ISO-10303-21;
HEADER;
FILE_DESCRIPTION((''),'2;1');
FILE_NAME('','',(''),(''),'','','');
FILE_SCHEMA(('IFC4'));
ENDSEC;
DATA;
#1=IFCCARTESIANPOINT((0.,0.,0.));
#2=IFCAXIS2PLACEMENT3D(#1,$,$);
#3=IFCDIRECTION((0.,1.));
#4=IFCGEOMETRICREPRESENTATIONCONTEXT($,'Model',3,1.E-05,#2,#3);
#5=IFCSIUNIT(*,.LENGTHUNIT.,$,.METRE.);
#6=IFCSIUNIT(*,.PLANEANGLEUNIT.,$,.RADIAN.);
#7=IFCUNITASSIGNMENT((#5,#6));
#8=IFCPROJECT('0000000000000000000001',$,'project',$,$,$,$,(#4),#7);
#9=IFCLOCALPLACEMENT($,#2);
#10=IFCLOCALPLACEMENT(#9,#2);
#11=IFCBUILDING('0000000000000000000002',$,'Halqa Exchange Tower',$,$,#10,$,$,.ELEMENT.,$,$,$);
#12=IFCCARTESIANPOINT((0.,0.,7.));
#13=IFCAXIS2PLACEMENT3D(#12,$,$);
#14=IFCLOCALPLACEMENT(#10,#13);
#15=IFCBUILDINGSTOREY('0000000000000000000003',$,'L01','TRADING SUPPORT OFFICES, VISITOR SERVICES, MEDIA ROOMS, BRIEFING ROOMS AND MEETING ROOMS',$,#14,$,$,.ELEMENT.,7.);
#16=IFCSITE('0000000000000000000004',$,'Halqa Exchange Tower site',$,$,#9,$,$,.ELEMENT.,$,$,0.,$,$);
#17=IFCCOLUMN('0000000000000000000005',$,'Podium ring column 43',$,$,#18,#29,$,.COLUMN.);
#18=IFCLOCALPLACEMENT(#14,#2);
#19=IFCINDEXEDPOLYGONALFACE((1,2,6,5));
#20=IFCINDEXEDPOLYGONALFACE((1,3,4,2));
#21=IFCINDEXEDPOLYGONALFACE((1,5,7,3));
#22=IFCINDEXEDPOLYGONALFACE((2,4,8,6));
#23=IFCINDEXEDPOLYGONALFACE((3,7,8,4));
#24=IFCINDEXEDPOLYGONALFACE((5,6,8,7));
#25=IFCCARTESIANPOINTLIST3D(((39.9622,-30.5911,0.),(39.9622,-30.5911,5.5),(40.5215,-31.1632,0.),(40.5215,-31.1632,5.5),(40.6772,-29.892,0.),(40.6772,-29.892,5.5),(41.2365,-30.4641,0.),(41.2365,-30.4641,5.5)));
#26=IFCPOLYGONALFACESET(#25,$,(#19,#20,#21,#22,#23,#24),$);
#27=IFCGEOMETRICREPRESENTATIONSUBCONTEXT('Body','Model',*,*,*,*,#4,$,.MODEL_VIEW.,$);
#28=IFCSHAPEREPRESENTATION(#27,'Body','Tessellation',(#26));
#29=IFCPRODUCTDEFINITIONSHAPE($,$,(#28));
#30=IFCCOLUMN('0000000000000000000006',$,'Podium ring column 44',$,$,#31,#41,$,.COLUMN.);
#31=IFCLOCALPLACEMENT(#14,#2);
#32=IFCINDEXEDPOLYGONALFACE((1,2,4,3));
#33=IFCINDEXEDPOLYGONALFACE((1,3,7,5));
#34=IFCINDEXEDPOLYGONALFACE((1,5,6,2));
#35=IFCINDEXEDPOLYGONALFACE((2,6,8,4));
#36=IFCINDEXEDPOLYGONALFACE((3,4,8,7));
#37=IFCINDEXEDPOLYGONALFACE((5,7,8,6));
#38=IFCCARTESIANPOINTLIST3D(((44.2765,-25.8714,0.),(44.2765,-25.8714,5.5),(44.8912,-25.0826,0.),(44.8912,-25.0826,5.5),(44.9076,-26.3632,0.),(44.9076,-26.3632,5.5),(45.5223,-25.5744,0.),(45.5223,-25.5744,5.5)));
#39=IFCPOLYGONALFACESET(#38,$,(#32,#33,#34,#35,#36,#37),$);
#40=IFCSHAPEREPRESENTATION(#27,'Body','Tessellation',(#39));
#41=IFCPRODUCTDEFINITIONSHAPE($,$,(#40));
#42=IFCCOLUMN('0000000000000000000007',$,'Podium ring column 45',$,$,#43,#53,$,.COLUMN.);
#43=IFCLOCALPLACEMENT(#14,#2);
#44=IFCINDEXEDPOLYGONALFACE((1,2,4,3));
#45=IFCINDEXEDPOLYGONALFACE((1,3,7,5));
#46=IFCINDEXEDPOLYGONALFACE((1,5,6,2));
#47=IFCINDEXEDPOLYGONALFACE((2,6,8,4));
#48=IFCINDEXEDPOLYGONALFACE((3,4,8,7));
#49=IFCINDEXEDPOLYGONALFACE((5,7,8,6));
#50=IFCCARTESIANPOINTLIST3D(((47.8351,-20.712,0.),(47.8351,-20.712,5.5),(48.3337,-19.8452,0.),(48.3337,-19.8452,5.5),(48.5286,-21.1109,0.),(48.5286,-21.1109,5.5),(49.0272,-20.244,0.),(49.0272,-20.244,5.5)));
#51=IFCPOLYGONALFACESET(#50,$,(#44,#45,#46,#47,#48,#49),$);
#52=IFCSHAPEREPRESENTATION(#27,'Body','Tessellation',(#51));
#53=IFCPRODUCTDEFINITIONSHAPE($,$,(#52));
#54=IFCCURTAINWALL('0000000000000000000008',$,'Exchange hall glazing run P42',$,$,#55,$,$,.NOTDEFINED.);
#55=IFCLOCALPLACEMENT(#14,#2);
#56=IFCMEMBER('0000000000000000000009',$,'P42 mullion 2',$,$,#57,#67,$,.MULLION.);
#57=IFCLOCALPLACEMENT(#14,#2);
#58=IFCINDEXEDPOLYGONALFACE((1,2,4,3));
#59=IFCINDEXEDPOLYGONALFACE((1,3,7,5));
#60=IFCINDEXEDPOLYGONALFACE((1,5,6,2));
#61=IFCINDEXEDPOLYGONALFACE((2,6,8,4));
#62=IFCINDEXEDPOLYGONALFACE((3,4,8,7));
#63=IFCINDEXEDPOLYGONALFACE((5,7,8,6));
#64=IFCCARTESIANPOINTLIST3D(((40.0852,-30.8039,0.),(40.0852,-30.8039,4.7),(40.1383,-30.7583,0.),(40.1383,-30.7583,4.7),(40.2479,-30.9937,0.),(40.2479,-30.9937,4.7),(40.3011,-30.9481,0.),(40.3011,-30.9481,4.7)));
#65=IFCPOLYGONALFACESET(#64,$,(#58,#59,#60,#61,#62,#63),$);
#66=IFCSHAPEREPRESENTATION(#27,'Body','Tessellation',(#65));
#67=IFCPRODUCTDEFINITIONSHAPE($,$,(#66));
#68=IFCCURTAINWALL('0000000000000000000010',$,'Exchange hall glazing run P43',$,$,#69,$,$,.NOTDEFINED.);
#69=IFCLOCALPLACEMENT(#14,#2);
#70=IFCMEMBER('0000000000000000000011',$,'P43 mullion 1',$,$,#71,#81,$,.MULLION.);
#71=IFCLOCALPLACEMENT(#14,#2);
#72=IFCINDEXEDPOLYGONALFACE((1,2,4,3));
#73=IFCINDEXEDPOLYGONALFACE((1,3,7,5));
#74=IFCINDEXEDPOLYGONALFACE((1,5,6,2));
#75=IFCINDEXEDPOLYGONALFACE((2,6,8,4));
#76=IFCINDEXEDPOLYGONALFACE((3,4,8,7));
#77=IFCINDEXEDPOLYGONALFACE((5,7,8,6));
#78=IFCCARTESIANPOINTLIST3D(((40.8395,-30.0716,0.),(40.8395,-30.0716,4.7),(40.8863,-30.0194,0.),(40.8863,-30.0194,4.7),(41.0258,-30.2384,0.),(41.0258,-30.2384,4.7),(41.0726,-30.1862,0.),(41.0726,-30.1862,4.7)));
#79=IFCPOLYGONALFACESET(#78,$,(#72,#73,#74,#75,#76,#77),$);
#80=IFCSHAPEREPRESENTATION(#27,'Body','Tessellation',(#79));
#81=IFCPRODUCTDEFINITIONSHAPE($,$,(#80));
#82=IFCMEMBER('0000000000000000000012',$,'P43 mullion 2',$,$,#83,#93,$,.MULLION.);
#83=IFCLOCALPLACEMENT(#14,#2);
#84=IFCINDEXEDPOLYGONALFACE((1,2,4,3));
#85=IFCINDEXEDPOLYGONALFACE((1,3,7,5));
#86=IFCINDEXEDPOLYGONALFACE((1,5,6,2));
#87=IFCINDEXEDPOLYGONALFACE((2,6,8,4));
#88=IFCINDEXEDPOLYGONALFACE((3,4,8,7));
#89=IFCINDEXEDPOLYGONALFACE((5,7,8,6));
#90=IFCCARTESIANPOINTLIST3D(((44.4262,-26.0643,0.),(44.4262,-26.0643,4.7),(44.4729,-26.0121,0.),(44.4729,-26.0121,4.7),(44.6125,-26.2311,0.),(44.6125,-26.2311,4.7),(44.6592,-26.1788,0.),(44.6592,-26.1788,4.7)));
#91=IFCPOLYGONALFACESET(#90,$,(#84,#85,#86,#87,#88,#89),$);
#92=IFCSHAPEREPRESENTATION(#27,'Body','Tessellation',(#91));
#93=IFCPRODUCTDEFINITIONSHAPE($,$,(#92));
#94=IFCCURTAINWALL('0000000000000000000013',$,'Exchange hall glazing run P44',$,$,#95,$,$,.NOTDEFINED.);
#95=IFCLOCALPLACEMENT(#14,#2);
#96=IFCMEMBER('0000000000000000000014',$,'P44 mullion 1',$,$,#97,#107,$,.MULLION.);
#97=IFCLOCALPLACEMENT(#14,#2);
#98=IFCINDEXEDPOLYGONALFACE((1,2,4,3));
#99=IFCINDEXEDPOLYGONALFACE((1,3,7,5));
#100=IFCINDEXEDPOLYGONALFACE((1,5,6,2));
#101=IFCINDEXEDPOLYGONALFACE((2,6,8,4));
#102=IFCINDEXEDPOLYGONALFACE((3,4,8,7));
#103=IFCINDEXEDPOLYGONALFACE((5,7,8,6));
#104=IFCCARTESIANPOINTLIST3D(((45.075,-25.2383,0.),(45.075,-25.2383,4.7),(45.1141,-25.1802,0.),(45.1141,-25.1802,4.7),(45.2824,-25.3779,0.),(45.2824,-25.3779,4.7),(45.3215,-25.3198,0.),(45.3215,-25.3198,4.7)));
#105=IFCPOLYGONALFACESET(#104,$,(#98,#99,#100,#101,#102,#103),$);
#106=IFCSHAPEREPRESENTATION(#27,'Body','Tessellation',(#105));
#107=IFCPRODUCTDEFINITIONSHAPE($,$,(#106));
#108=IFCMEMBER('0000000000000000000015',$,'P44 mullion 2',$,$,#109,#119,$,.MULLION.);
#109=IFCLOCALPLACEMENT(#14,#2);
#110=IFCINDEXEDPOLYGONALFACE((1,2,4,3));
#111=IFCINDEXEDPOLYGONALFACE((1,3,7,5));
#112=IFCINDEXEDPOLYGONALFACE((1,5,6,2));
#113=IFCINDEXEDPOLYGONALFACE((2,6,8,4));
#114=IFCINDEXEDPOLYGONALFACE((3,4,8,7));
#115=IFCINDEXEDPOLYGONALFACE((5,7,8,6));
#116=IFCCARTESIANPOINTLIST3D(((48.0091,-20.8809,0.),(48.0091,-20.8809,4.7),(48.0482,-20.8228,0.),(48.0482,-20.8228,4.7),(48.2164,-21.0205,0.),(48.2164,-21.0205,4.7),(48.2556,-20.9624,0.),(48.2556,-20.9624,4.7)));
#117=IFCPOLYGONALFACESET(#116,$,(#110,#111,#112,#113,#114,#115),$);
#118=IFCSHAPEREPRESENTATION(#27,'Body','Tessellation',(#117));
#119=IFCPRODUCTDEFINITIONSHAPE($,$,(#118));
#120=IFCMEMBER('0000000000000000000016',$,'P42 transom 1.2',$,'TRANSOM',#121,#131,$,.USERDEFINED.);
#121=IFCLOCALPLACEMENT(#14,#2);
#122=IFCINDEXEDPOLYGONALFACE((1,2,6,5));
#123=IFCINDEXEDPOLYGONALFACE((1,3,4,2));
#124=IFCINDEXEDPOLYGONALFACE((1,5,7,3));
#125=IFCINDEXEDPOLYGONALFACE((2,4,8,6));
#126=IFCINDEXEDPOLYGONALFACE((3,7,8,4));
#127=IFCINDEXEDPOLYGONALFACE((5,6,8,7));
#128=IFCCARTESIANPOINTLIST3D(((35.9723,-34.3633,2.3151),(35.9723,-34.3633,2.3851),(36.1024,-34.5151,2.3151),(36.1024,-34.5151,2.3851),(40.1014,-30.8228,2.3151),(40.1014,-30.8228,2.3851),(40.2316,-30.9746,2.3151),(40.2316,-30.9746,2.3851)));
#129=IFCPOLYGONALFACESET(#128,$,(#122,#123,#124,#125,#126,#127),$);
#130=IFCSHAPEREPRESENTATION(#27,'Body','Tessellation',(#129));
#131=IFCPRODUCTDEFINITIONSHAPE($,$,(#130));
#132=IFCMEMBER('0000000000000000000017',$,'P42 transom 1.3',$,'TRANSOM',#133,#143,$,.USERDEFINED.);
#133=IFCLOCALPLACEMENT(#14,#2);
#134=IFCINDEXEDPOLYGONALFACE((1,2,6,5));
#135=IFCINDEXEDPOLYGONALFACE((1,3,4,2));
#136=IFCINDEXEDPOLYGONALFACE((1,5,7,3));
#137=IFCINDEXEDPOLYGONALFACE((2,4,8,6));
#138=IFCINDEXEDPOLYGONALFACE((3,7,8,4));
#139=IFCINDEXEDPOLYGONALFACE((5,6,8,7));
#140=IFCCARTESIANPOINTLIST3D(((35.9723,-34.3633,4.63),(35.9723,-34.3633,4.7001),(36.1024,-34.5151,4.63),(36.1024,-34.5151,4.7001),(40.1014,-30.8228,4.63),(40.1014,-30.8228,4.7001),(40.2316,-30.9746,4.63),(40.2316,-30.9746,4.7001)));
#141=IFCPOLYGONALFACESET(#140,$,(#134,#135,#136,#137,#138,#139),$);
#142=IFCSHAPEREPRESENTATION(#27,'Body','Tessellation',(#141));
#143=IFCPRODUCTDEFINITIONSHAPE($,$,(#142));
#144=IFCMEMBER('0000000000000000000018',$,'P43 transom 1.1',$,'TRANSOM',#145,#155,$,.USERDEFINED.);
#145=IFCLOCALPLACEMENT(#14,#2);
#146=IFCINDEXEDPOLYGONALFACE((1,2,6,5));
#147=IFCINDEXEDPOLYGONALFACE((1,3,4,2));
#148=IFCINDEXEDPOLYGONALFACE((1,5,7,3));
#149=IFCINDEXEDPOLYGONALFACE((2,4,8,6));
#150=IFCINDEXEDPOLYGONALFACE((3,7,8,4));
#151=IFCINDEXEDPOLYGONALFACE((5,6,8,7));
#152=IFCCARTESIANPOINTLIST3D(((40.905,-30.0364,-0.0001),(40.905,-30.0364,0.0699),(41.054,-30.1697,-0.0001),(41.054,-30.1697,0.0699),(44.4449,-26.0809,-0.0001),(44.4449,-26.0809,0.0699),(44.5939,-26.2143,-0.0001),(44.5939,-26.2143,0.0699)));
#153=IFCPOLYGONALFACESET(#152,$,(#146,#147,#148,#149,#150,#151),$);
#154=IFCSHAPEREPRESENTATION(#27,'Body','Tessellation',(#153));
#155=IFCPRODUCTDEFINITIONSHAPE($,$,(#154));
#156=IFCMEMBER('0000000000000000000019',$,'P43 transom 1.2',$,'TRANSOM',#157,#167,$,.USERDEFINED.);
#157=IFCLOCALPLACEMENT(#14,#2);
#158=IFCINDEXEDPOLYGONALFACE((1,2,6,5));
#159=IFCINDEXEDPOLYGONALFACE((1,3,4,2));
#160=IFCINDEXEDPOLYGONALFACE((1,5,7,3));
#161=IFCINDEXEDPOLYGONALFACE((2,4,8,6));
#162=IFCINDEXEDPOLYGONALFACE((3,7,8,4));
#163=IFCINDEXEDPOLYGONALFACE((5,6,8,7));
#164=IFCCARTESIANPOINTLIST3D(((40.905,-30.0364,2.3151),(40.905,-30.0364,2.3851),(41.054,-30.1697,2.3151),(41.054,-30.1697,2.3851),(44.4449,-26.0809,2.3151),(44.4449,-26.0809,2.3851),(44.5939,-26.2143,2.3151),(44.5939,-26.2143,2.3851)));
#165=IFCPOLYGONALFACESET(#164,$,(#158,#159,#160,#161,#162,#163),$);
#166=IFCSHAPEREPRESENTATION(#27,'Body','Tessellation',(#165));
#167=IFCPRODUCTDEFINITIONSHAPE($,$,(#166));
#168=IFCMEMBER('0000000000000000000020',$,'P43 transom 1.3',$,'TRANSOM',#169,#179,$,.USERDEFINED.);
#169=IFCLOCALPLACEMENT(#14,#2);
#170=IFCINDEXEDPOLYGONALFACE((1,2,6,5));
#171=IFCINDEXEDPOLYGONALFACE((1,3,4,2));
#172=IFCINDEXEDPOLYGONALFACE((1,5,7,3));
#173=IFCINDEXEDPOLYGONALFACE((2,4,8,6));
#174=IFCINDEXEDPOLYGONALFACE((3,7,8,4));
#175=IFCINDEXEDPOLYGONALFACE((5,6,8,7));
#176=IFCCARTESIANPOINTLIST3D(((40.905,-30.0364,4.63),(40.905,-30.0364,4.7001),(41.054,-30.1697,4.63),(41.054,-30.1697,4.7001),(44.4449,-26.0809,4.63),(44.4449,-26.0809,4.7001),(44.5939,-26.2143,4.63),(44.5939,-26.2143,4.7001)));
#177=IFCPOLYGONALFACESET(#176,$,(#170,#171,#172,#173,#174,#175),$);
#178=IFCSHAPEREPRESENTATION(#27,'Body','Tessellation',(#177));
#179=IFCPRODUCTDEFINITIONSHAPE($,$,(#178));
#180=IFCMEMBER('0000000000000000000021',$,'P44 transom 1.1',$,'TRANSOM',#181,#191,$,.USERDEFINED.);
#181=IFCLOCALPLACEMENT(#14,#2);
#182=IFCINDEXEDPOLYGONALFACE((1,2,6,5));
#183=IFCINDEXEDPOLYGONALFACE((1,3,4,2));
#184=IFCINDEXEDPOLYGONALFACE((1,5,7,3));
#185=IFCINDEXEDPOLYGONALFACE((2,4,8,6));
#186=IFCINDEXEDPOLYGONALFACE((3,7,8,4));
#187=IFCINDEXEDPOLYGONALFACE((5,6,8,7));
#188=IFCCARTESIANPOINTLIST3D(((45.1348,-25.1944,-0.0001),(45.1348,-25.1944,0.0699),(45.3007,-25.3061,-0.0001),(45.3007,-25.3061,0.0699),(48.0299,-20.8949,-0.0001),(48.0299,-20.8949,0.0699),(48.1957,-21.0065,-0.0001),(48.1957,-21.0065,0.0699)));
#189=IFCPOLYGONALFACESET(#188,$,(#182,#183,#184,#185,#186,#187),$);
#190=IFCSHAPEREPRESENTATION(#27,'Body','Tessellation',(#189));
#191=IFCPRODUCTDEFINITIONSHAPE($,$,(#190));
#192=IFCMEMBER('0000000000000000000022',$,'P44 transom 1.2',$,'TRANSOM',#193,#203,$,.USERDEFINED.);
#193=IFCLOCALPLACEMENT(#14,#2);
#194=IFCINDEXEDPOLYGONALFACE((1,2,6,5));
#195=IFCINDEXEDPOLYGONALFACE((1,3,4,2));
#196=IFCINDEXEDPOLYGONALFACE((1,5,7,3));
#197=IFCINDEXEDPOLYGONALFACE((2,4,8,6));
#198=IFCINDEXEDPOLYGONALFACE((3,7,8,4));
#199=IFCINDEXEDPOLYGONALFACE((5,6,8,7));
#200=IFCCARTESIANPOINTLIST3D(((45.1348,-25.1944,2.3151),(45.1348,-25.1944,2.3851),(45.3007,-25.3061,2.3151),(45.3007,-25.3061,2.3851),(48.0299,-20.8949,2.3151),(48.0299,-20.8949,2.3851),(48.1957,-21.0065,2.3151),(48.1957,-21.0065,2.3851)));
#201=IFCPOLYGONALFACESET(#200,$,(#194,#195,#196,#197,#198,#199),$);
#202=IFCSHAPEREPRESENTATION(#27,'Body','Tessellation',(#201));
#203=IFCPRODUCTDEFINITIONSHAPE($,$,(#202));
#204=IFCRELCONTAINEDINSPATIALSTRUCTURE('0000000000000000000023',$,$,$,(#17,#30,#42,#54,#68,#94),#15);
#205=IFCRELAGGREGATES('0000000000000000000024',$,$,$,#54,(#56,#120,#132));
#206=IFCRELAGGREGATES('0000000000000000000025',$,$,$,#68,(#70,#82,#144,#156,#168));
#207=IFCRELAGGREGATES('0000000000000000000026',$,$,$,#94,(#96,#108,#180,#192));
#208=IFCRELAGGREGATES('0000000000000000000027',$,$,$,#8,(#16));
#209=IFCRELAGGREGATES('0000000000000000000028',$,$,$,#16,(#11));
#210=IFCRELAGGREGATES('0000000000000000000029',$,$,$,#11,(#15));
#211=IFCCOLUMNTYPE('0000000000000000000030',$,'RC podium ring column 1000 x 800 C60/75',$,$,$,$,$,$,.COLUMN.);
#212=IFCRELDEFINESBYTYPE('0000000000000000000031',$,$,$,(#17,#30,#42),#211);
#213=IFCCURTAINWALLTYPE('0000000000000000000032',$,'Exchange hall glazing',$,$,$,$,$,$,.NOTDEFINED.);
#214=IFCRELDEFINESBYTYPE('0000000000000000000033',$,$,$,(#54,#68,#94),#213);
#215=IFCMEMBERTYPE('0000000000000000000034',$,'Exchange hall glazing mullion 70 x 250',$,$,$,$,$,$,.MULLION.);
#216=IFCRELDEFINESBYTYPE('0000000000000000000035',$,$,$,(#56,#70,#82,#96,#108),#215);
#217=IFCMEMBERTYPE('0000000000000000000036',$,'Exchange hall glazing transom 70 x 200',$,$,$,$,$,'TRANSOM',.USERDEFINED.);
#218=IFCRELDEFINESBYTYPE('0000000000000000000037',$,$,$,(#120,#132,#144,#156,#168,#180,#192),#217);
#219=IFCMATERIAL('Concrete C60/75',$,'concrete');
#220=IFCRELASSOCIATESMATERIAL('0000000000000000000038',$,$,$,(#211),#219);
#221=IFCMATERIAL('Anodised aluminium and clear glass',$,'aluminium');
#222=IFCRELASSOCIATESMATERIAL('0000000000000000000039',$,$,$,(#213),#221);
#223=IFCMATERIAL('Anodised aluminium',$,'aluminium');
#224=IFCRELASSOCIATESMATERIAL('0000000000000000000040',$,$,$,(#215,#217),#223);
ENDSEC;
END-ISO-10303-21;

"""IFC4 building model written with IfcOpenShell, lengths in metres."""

from ifc_helpers import new_model, si_unit, direction, frame, origin, origin_2d, place, context, subcontext, project, spatial, rectangle, extrude, material, material_profile, profile_set, type_object, element, aggregate, save


model = new_model("IFC4")

# Units and contexts
model_context = context("Model", 3, precision=1e-05, world=origin(), true_north=direction((0.0, 1.0)))
body_context = subcontext(model_context, "Body", "Model", "MODEL_VIEW")
ifc_project = project(units=[si_unit("LENGTHUNIT", "METRE"), si_unit("PLANEANGLEUNIT", "RADIAN")], contexts=[model_context])

# Site, building, storey
site_placement = place(None, origin())
site = spatial("IfcSite", under=ifc_project, at=site_placement, Name="Halqa Exchange Tower site", CompositionType="ELEMENT", RefElevation=0.0)
building_placement = place(site_placement, origin())
building = spatial("IfcBuilding", under=site, at=building_placement, Name="Halqa Exchange Tower", CompositionType="ELEMENT")
storey_placement = place(building_placement, frame((0.0, 0.0, 7.0)))
storey = spatial("IfcBuildingStorey", under=building, at=storey_placement, Name="L01", Description="TRADING SUPPORT OFFICES, VISITOR SERVICES, MEDIA ROOMS, BRIEFING ROOMS AND MEETING ROOMS", CompositionType="ELEMENT", Elevation=7.0)

# Columns
ifc_material_1 = material(Name="Concrete C60/75", Category="concrete")
ifc_material_profile_1 = material_profile(ifc_material_1, rectangle(XDim=1.0, YDim=0.8, at=origin_2d()), Name="1000 x 800")
ifc_profile_set_1 = profile_set([ifc_material_profile_1], Name="Concrete C60/75")
column_type = type_object("IfcColumnType", Name="RC podium ring column 1000 x 800 C60/75", PredefinedType="COLUMN", material=ifc_profile_set_1)
for number, where, z_axis, x_axis, name in (
    (1, (40.5994, -30.5276, 0.0), (0.0, 0.0, 1.0), (0.715039, 0.699085, 0.0), "Podium ring column 43"),
    (2, (44.8994, -25.7229, 0.0), (0.0, 0.0, 1.0), (0.614691, 0.788768, 0.0), "Podium ring column 44"),
    (3, (48.4312, -20.478, 0.0), (0.0, 0.0, 1.0), (0.498569, 0.86685, 0.0), "Podium ring column 45"),
):
    element("IfcColumn", number, at=place(storey_placement, frame(where, z_axis=z_axis, x_axis=x_axis)), inside=storey, type_object=column_type, Name=name, PredefinedType="COLUMN", context=body_context, shape_type="SweptSolid", body=[
        extrude(rectangle(XDim=1.0, YDim=0.8, at=origin_2d()), origin(), (0.0, 0.0, 1.0), 5.5),
    ])

# Curtain wall, member
ifc_material_2 = material(Name="Anodised aluminium and clear glass", Category="aluminium")
curtain_wall_type = type_object("IfcCurtainWallType", Name="Exchange hall glazing", PredefinedType="NOTDEFINED", material=ifc_material_2)
curtain_wall_1_placement = place(storey_placement, origin())
curtain_wall_1 = element("IfcCurtainWall", 4, at=curtain_wall_1_placement, inside=storey, type_object=curtain_wall_type, Name="Exchange hall glazing run P42", PredefinedType="NOTDEFINED")
ifc_material_3 = material(Name="Anodised aluminium", Category="aluminium")
ifc_material_profile_2 = material_profile(ifc_material_3, rectangle(XDim=0.25, YDim=0.0701, at=origin_2d()), Name="AL 70x250")
ifc_profile_set_2 = profile_set([ifc_material_profile_2], Name="Anodised aluminium")
member_type_1 = type_object("IfcMemberType", Name="Exchange hall glazing mullion 70 x 250", PredefinedType="MULLION", material=ifc_profile_set_2)
member_1_placement = place(storey_placement, frame((40.1931, -30.876, 0.0), z_axis=(0.0, 0.0, 1.0), x_axis=(-0.650911, 0.759154, 0.0)))
member_1 = element("IfcMember", 5, at=member_1_placement, type_object=member_type_1, Name="P42 mullion 2", PredefinedType="MULLION", context=body_context, shape_type="SweptSolid", body=[
    extrude(rectangle(XDim=0.25, YDim=0.0701, at=origin_2d()), origin(), (0.0, 0.0, 1.0), 4.7),
])

# Curtain walls, members
curtain_wall_2_placement = place(storey_placement, origin())
curtain_wall_2 = element("IfcCurtainWall", 6, at=curtain_wall_2_placement, inside=storey, type_object=curtain_wall_type, Name="Exchange hall glazing run P43", PredefinedType="NOTDEFINED")
member_2_placement = place(storey_placement, frame((40.9561, -30.1289, 0.0), z_axis=(0.0, 0.0, 1.0), x_axis=(-0.745148, 0.666899, 0.0)))
member_2 = element("IfcMember", 7, at=member_2_placement, type_object=member_type_1, Name="P43 mullion 1", PredefinedType="MULLION", context=body_context, shape_type="SweptSolid", body=[
    extrude(rectangle(XDim=0.25, YDim=0.0701, at=origin_2d()), origin(), (0.0, 0.0, 1.0), 4.7),
])
member_3_placement = place(storey_placement, frame((44.5427, -26.1216, 0.0), z_axis=(0.0, 0.0, 1.0), x_axis=(-0.745148, 0.666899, 0.0)))
member_3 = element("IfcMember", 8, at=member_3_placement, type_object=member_type_1, Name="P43 mullion 2", PredefinedType="MULLION", context=body_context, shape_type="SweptSolid", body=[
    extrude(rectangle(XDim=0.25, YDim=0.0701, at=origin_2d()), origin(), (0.0, 0.0, 1.0), 4.7),
])
curtain_wall_3_placement = place(storey_placement, origin())
curtain_wall_3 = element("IfcCurtainWall", 9, at=curtain_wall_3_placement, inside=storey, type_object=curtain_wall_type, Name="Exchange hall glazing run P44", PredefinedType="NOTDEFINED")
member_4_placement = place(storey_placement, frame((45.1982, -25.2791, 0.0), z_axis=(0.0, 0.0, 1.0), x_axis=(-0.82949, 0.558522, 0.0)))
member_4 = element("IfcMember", 10, at=member_4_placement, type_object=member_type_1, Name="P44 mullion 1", PredefinedType="MULLION", context=body_context, shape_type="SweptSolid", body=[
    extrude(rectangle(XDim=0.25, YDim=0.0701, at=origin_2d()), origin(), (0.0, 0.0, 1.0), 4.7),
])
member_5_placement = place(storey_placement, frame((48.1323, -20.9216, 0.0), z_axis=(0.0, 0.0, 1.0), x_axis=(-0.82949, 0.558522, 0.0)))
member_5 = element("IfcMember", 11, at=member_5_placement, type_object=member_type_1, Name="P44 mullion 2", PredefinedType="MULLION", context=body_context, shape_type="SweptSolid", body=[
    extrude(rectangle(XDim=0.25, YDim=0.0701, at=origin_2d()), origin(), (0.0, 0.0, 1.0), 4.7),
])

# Members
ifc_material_profile_3 = material_profile(ifc_material_3, rectangle(XDim=0.2, YDim=0.0701, at=origin_2d()), Name="AL 70x200")
ifc_profile_set_3 = profile_set([ifc_material_profile_3], Name="Anodised aluminium")
member_type_2 = type_object("IfcMemberType", Name="Exchange hall glazing transom 70 x 200", ElementType="TRANSOM", PredefinedType="USERDEFINED", material=ifc_profile_set_3)
member_6_placement = place(storey_placement, frame((36.0374, -34.4392, 2.3501), z_axis=(0.759143, 0.650924, 0.0), x_axis=(-0.650924, 0.759143, 0.0)))
member_6 = element("IfcMember", 12, at=member_6_placement, type_object=member_type_2, Name="P42 transom 1.2", ObjectType="TRANSOM", PredefinedType="USERDEFINED", context=body_context, shape_type="SweptSolid", body=[
    extrude(rectangle(XDim=0.2, YDim=0.0701, at=origin_2d()), origin(), (0.0, 0.0, 1.0), 5.4392),
])
member_7_placement = place(storey_placement, frame((36.0374, -34.4392, 4.665), z_axis=(0.759143, 0.650924, 0.0), x_axis=(-0.650924, 0.759143, 0.0)))
member_7 = element("IfcMember", 13, at=member_7_placement, type_object=member_type_2, Name="P42 transom 1.3", ObjectType="TRANSOM", PredefinedType="USERDEFINED", context=body_context, shape_type="SweptSolid", body=[
    extrude(rectangle(XDim=0.2, YDim=0.0701, at=origin_2d()), origin(), (0.0, 0.0, 1.0), 5.4392),
])
member_8_placement = place(storey_placement, frame((40.9795, -30.103, 0.0349), z_axis=(0.666881, 0.745164, 0.0), x_axis=(-0.745164, 0.666881, 0.0)))
member_8 = element("IfcMember", 14, at=member_8_placement, type_object=member_type_2, Name="P43 transom 1.1", ObjectType="TRANSOM", PredefinedType="USERDEFINED", context=body_context, shape_type="SweptSolid", body=[
    extrude(rectangle(XDim=0.2, YDim=0.0701, at=origin_2d()), origin(), (0.0, 0.0, 1.0), 5.3081),
])
member_9_placement = place(storey_placement, frame((40.9795, -30.103, 2.3501), z_axis=(0.666881, 0.745164, 0.0), x_axis=(-0.745164, 0.666881, 0.0)))
member_9 = element("IfcMember", 15, at=member_9_placement, type_object=member_type_2, Name="P43 transom 1.2", ObjectType="TRANSOM", PredefinedType="USERDEFINED", context=body_context, shape_type="SweptSolid", body=[
    extrude(rectangle(XDim=0.2, YDim=0.0701, at=origin_2d()), origin(), (0.0, 0.0, 1.0), 5.3081),
])
member_10_placement = place(storey_placement, frame((40.9795, -30.103, 4.665), z_axis=(0.666881, 0.745164, 0.0), x_axis=(-0.745164, 0.666881, 0.0)))
member_10 = element("IfcMember", 16, at=member_10_placement, type_object=member_type_2, Name="P43 transom 1.3", ObjectType="TRANSOM", PredefinedType="USERDEFINED", context=body_context, shape_type="SweptSolid", body=[
    extrude(rectangle(XDim=0.2, YDim=0.0701, at=origin_2d()), origin(), (0.0, 0.0, 1.0), 5.3081),
])
member_11_placement = place(storey_placement, frame((45.2178, -25.2502, 0.0349), z_axis=(0.55852, 0.829491, 0.0), x_axis=(-0.829491, 0.55852, 0.0)))
member_11 = element("IfcMember", 17, at=member_11_placement, type_object=member_type_2, Name="P44 transom 1.1", ObjectType="TRANSOM", PredefinedType="USERDEFINED", context=body_context, shape_type="SweptSolid", body=[
    extrude(rectangle(XDim=0.2, YDim=0.0701, at=origin_2d()), origin(), (0.0, 0.0, 1.0), 5.1833),
])
member_12_placement = place(storey_placement, frame((45.2178, -25.2502, 2.3501), z_axis=(0.55852, 0.829491, 0.0), x_axis=(-0.829491, 0.55852, 0.0)))
member_12 = element("IfcMember", 18, at=member_12_placement, type_object=member_type_2, Name="P44 transom 1.2", ObjectType="TRANSOM", PredefinedType="USERDEFINED", context=body_context, shape_type="SweptSolid", body=[
    extrude(rectangle(XDim=0.2, YDim=0.0701, at=origin_2d()), origin(), (0.0, 0.0, 1.0), 5.1833),
])

aggregate(curtain_wall_1, [member_1, member_6, member_7])
aggregate(curtain_wall_2, [member_2, member_3, member_8, member_9, member_10])
aggregate(curtain_wall_3, [member_4, member_5, member_11, member_12])

save(model, "model.ifc")
